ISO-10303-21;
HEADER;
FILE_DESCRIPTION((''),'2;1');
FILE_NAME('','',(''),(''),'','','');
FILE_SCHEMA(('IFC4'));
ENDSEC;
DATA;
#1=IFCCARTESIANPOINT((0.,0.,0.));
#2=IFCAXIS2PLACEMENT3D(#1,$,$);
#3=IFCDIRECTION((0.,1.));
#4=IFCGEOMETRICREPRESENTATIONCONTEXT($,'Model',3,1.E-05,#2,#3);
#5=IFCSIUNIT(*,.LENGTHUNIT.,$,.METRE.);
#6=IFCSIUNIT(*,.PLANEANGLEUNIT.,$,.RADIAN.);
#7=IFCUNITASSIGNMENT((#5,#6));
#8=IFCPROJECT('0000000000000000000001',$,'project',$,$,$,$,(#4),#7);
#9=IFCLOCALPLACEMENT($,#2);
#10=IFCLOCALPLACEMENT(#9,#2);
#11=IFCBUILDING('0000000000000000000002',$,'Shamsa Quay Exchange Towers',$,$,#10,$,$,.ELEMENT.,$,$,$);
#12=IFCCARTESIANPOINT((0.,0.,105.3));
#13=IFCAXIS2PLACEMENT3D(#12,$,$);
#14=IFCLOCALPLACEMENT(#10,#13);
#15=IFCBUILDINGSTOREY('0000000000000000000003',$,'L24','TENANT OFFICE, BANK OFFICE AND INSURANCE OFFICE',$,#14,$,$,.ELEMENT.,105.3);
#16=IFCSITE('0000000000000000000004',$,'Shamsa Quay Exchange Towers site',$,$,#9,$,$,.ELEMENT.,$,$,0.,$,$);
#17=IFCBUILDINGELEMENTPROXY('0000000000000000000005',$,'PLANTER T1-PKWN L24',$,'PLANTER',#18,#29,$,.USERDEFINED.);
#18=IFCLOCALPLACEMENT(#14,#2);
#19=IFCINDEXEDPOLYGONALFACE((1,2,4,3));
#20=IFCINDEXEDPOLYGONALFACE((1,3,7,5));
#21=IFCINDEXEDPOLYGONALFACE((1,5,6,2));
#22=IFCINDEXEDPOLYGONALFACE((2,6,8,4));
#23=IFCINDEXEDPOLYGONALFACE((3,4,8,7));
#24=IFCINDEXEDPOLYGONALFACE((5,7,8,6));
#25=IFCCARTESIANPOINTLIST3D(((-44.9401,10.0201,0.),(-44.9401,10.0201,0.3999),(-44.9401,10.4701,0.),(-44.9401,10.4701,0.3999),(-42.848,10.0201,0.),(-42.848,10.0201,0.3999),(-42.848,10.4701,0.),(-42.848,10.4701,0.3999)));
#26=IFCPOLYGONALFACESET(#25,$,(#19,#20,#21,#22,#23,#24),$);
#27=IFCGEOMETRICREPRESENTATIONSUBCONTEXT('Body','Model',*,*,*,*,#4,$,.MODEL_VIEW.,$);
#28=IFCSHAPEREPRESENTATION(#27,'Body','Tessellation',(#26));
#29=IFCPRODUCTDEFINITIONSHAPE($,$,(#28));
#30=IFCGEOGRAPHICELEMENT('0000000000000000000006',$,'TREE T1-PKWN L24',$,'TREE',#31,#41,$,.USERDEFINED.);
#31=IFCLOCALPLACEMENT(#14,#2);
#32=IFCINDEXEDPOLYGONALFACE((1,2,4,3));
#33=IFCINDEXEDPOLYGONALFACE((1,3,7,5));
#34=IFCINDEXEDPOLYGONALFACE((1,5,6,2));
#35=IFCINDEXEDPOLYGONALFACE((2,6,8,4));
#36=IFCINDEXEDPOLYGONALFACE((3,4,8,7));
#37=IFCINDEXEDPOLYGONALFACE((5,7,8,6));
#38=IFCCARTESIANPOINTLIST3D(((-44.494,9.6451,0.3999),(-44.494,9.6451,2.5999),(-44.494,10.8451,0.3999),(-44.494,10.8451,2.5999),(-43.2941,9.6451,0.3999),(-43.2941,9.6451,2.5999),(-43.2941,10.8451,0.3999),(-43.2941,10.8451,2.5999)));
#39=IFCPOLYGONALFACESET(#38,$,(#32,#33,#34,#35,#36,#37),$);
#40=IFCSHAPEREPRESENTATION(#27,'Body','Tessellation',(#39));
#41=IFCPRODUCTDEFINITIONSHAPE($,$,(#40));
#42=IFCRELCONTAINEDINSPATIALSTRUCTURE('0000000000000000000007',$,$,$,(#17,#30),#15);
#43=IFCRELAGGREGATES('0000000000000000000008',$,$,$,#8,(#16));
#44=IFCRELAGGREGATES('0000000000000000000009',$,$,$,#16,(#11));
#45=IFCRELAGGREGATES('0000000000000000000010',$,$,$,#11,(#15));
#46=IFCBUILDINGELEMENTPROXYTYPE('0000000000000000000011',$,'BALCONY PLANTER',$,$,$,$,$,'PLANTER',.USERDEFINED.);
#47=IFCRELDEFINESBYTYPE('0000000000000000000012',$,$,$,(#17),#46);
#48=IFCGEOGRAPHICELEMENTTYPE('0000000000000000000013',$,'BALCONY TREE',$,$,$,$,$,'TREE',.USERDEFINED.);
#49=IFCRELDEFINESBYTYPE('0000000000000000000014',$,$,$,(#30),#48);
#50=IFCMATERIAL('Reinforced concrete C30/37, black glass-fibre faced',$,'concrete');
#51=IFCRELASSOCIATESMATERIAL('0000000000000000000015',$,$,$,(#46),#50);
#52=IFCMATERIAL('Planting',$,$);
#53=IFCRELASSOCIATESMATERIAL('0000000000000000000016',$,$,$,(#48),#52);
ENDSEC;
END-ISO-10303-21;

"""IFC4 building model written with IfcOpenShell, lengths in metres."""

from ifc_helpers import new_model, si_unit, direction, frame, origin, origin_2d, place, context, subcontext, project, spatial, rectangle, extrude, material, type_object, element, save


model = new_model("IFC4")

# Units and contexts
model_context = context("Model", 3, precision=1e-05, world=origin(), true_north=direction((0.0, 1.0)))
body_context = subcontext(model_context, "Body", "Model", "MODEL_VIEW")
ifc_project = project(units=[si_unit("LENGTHUNIT", "METRE"), si_unit("PLANEANGLEUNIT", "RADIAN")], contexts=[model_context])

# Site, building, storey
site_placement = place(None, origin())
site = spatial("IfcSite", under=ifc_project, at=site_placement, Name="Shamsa Quay Exchange Towers site", CompositionType="ELEMENT", RefElevation=0.0)
building_placement = place(site_placement, origin())
building = spatial("IfcBuilding", under=site, at=building_placement, Name="Shamsa Quay Exchange Towers", CompositionType="ELEMENT")
storey_placement = place(building_placement, frame((0.0, 0.0, 105.3)))
storey = spatial("IfcBuildingStorey", under=building, at=storey_placement, Name="L24", Description="TENANT OFFICE, BANK OFFICE AND INSURANCE OFFICE", CompositionType="ELEMENT", Elevation=105.3)

# Building element proxy
ifc_material_1 = material(Name="Reinforced concrete C30/37, black glass-fibre faced", Category="concrete")
building_element_proxy_type = type_object("IfcBuildingElementProxyType", Name="BALCONY PLANTER", ElementType="PLANTER", PredefinedType="USERDEFINED", material=ifc_material_1)
for number, where, z_axis, x_axis, name in (
    (1, (-43.894, 10.2451, 0.0), (0.0, 0.0, 1.0), (-1.0, 0.0, 0.0), "PLANTER T1-PKWN L24"),
):
    element("IfcBuildingElementProxy", number, at=place(storey_placement, frame(where, z_axis=z_axis, x_axis=x_axis)), inside=storey, type_object=building_element_proxy_type, Name=name, ObjectType="PLANTER", PredefinedType="USERDEFINED", context=body_context, shape_type="SweptSolid", body=[
        extrude(rectangle(XDim=2.092, YDim=0.45, at=origin_2d()), origin(), (0.0, 0.0, 1.0), 0.3999),
    ])

# Geographic element
ifc_material_2 = material(Name="Planting")
geographic_element_type = type_object("IfcGeographicElementType", Name="BALCONY TREE", ElementType="TREE", PredefinedType="USERDEFINED", material=ifc_material_2)
geographic_element_placement = place(storey_placement, frame((-43.894, 10.2451, 0.3999), z_axis=(0.0, 0.0, 1.0), x_axis=(-1.0, 0.0, 0.0)))
element("IfcGeographicElement", 2, at=geographic_element_placement, inside=storey, type_object=geographic_element_type, Name="TREE T1-PKWN L24", ObjectType="TREE", PredefinedType="USERDEFINED", context=body_context, shape_type="SweptSolid", body=[
    extrude(rectangle(XDim=1.2, YDim=1.2, at=origin_2d()), origin(), (0.0, 0.0, 1.0), 2.2),
])

save(model, "model.ifc")
